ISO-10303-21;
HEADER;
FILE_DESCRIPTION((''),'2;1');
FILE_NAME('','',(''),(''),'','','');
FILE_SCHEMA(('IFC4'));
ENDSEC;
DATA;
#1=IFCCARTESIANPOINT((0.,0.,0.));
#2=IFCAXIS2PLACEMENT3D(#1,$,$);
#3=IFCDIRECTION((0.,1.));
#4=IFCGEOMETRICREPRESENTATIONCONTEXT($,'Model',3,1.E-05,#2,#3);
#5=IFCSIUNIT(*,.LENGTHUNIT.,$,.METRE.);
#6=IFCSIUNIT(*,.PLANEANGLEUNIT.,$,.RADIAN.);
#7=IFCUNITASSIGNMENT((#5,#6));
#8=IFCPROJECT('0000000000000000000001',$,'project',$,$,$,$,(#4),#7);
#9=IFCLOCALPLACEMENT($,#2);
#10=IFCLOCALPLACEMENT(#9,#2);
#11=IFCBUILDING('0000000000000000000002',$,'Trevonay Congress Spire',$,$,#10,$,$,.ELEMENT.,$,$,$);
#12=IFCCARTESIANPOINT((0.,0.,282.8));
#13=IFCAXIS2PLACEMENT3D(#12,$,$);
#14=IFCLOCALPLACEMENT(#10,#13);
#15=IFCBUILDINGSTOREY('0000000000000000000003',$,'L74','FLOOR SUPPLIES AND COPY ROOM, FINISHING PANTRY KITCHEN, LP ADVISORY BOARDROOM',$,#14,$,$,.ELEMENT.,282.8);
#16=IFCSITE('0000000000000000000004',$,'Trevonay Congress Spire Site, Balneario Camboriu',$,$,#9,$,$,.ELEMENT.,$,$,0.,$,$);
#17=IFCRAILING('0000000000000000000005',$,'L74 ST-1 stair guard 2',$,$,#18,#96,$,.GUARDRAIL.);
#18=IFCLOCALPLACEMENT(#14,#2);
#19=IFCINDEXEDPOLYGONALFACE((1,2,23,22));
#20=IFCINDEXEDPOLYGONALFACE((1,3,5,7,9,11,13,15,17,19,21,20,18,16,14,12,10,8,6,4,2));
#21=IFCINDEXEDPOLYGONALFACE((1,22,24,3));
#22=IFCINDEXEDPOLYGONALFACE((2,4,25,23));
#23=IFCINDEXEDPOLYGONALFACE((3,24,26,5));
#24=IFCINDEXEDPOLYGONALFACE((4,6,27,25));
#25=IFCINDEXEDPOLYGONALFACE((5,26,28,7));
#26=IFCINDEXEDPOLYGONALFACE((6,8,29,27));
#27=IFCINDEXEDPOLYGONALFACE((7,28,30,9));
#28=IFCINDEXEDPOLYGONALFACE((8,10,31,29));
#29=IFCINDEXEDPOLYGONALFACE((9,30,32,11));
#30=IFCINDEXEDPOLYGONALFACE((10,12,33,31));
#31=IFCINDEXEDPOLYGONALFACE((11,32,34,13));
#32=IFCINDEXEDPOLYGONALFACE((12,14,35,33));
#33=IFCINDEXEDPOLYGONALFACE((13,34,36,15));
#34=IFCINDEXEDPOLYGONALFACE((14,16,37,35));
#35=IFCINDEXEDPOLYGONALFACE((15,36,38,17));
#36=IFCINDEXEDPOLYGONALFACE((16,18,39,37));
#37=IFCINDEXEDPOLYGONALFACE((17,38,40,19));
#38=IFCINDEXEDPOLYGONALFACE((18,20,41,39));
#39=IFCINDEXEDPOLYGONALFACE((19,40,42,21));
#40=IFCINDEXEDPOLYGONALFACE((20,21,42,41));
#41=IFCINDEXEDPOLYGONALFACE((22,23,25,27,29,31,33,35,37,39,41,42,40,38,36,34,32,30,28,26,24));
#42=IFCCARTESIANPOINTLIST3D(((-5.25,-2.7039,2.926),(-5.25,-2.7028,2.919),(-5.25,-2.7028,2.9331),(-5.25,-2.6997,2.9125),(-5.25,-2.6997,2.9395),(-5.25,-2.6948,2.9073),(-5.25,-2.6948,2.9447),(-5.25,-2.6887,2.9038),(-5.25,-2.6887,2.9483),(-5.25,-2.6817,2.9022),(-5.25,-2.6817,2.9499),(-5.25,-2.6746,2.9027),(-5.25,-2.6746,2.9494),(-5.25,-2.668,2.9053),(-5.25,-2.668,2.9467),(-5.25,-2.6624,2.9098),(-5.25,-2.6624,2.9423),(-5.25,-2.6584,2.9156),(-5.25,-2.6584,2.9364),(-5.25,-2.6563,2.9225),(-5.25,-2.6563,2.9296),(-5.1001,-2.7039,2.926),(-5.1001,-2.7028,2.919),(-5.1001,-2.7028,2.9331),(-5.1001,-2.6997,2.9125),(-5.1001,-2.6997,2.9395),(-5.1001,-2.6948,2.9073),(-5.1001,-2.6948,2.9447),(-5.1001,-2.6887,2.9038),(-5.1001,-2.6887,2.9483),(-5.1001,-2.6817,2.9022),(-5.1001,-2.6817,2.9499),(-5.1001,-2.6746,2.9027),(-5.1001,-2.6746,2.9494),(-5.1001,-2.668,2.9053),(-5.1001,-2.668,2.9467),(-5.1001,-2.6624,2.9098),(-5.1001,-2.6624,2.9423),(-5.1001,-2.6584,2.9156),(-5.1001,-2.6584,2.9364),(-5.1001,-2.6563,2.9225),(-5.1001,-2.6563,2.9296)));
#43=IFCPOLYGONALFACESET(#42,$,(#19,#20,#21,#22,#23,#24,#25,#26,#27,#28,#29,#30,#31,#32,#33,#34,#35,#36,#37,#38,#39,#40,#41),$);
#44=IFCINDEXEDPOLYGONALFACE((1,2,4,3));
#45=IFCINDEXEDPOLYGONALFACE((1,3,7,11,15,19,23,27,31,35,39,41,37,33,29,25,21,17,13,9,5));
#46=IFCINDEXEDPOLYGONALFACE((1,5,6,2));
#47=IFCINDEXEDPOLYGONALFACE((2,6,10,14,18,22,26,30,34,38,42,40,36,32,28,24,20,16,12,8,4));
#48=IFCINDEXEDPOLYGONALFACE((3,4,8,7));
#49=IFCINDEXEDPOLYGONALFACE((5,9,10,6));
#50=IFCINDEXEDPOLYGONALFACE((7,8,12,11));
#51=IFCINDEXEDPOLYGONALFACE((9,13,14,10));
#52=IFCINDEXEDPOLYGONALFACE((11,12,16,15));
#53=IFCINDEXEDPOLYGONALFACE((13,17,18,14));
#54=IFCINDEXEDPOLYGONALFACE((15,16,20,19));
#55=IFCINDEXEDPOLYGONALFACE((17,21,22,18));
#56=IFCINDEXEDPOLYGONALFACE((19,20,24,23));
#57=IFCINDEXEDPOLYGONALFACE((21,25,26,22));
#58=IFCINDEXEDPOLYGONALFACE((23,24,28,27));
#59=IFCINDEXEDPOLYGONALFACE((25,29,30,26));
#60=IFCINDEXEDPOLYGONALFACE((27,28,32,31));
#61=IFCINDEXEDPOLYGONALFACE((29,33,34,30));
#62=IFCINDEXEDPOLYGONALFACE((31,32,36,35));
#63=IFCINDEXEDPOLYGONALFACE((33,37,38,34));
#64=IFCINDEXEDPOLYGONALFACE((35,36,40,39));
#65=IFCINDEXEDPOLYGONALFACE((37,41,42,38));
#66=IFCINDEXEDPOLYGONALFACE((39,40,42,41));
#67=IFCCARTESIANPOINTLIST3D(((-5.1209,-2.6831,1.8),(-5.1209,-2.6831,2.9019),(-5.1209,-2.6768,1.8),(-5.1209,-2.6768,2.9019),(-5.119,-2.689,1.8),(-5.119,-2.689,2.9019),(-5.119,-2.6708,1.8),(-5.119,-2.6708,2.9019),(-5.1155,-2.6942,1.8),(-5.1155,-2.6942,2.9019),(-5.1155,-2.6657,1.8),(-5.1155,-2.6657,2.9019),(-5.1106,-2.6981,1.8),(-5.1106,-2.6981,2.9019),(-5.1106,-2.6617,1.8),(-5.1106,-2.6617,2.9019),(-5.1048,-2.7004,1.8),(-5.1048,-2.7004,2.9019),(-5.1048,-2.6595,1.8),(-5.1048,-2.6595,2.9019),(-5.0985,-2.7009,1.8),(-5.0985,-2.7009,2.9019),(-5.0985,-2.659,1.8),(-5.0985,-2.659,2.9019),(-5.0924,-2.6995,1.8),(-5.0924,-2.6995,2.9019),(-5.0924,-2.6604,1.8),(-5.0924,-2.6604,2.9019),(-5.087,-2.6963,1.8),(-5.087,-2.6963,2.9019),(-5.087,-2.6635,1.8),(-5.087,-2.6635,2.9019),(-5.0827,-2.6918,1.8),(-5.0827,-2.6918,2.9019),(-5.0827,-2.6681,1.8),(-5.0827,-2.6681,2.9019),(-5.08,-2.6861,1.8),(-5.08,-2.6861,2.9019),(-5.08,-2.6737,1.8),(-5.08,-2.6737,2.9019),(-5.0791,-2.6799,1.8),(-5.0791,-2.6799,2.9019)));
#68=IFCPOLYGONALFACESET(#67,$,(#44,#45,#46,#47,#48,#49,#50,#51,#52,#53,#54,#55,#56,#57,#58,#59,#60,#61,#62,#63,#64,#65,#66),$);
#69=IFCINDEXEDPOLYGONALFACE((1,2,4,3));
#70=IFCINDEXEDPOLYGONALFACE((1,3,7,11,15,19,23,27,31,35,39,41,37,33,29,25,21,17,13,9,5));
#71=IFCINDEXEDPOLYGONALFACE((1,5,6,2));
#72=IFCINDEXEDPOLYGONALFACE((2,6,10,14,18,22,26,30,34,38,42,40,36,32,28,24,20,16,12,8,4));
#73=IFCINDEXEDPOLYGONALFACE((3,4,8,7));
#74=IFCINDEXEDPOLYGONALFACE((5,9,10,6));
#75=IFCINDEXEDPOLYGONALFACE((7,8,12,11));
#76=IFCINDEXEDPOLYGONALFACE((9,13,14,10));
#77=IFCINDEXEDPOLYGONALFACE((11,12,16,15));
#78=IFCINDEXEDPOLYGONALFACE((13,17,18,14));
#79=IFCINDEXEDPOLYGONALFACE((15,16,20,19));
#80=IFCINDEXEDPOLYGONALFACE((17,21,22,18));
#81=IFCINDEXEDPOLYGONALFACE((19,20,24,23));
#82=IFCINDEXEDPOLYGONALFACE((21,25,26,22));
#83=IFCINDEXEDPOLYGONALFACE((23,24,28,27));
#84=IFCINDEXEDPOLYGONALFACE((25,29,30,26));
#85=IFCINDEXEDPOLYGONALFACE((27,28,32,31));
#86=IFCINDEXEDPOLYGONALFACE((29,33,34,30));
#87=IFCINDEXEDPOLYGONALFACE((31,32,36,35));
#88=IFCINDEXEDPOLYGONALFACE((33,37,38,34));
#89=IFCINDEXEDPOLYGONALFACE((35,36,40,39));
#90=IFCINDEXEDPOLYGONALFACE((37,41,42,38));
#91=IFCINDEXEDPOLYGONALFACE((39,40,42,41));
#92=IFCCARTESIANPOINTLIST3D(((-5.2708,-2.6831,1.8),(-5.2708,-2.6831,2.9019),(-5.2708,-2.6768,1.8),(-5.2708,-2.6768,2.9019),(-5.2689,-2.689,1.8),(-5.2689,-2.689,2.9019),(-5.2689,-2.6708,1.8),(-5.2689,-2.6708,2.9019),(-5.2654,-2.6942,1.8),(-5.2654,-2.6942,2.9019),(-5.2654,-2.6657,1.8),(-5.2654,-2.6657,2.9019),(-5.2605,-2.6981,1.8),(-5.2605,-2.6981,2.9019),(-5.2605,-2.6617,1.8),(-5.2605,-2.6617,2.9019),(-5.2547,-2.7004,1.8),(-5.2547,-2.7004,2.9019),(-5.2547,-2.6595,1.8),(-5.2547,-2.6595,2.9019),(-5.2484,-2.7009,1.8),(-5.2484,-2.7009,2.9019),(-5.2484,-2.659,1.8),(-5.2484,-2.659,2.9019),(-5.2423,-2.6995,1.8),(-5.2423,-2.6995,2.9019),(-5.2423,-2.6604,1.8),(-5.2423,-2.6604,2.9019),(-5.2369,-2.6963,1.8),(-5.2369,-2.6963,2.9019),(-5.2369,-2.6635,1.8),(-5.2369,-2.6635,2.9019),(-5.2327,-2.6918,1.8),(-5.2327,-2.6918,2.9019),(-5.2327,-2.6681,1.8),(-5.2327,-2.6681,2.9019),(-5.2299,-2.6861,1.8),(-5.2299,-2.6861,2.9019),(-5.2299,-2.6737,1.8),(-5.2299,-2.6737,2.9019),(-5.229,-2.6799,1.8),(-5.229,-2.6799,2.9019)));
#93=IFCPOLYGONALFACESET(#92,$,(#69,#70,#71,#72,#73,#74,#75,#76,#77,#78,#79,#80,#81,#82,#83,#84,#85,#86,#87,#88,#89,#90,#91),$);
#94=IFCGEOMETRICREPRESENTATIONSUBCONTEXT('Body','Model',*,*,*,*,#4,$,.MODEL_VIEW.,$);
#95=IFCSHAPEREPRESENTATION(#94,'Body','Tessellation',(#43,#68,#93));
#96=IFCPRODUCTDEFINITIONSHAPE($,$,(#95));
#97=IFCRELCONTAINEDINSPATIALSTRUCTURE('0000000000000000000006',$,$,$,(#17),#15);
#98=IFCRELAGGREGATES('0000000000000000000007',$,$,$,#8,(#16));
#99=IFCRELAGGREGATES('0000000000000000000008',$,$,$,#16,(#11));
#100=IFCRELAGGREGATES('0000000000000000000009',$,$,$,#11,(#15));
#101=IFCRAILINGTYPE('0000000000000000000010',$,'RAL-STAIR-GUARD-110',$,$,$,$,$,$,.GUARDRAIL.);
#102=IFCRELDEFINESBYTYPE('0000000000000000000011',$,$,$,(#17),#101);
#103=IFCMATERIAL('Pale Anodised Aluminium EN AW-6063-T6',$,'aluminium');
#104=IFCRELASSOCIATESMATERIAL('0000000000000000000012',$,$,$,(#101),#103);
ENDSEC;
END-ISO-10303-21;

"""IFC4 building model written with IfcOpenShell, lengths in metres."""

from ifc_helpers import new_model, si_unit, direction, frame, origin, origin_2d, place, context, subcontext, project, spatial, circle, extrude, material, type_object, element, save


model = new_model("IFC4")

# Units and contexts
model_context = context("Model", 3, precision=1e-05, world=origin(), true_north=direction((0.0, 1.0)))
body_context = subcontext(model_context, "Body", "Model", "MODEL_VIEW")
ifc_project = project(units=[si_unit("LENGTHUNIT", "METRE"), si_unit("PLANEANGLEUNIT", "RADIAN")], contexts=[model_context])

# Site, building, storey
site_placement = place(None, origin())
site = spatial("IfcSite", under=ifc_project, at=site_placement, Name="Trevonay Congress Spire Site, Balneario Camboriu", CompositionType="ELEMENT", RefElevation=0.0)
building_placement = place(site_placement, origin())
building = spatial("IfcBuilding", under=site, at=building_placement, Name="Trevonay Congress Spire", CompositionType="ELEMENT")
storey_placement = place(building_placement, frame((0.0, 0.0, 282.8)))
storey = spatial("IfcBuildingStorey", under=building, at=storey_placement, Name="L74", Description="FLOOR SUPPLIES AND COPY ROOM, FINISHING PANTRY KITCHEN, LP ADVISORY BOARDROOM", CompositionType="ELEMENT", Elevation=282.8)

# Shared definitions
ifc_material_1 = material(Name="Pale Anodised Aluminium EN AW-6063-T6", Category="aluminium")

# Railing
railing_type_1 = type_object("IfcRailingType", Name="RAL-STAIR-GUARD-110", PredefinedType="GUARDRAIL", material=ifc_material_1)
railing_1_placement = place(storey_placement, frame((-5.1001, -2.6799, 1.8)))
element("IfcRailing", 1, at=railing_1_placement, inside=storey, type_object=railing_type_1, Name="L74 ST-1 stair guard 2", PredefinedType="GUARDRAIL", context=body_context, shape_type="SweptSolid", body=[
    extrude(circle(Radius=0.0239, at=origin_2d()), frame((0.0, 0.0, 1.126), z_axis=(-1.0, 0.0, 0.0), x_axis=(0.0, -1.0, 0.0)), (0.0, 0.0, 1.0), 0.1499),
    extrude(circle(Radius=0.021, at=origin_2d()), origin(), (0.0, 0.0, 1.0), 1.1018),
    extrude(circle(Radius=0.021, at=origin_2d()), frame((-0.1499, 0.0, 0.0)), (0.0, 0.0, 1.0), 1.1018),
])

save(model, "model.ifc")
